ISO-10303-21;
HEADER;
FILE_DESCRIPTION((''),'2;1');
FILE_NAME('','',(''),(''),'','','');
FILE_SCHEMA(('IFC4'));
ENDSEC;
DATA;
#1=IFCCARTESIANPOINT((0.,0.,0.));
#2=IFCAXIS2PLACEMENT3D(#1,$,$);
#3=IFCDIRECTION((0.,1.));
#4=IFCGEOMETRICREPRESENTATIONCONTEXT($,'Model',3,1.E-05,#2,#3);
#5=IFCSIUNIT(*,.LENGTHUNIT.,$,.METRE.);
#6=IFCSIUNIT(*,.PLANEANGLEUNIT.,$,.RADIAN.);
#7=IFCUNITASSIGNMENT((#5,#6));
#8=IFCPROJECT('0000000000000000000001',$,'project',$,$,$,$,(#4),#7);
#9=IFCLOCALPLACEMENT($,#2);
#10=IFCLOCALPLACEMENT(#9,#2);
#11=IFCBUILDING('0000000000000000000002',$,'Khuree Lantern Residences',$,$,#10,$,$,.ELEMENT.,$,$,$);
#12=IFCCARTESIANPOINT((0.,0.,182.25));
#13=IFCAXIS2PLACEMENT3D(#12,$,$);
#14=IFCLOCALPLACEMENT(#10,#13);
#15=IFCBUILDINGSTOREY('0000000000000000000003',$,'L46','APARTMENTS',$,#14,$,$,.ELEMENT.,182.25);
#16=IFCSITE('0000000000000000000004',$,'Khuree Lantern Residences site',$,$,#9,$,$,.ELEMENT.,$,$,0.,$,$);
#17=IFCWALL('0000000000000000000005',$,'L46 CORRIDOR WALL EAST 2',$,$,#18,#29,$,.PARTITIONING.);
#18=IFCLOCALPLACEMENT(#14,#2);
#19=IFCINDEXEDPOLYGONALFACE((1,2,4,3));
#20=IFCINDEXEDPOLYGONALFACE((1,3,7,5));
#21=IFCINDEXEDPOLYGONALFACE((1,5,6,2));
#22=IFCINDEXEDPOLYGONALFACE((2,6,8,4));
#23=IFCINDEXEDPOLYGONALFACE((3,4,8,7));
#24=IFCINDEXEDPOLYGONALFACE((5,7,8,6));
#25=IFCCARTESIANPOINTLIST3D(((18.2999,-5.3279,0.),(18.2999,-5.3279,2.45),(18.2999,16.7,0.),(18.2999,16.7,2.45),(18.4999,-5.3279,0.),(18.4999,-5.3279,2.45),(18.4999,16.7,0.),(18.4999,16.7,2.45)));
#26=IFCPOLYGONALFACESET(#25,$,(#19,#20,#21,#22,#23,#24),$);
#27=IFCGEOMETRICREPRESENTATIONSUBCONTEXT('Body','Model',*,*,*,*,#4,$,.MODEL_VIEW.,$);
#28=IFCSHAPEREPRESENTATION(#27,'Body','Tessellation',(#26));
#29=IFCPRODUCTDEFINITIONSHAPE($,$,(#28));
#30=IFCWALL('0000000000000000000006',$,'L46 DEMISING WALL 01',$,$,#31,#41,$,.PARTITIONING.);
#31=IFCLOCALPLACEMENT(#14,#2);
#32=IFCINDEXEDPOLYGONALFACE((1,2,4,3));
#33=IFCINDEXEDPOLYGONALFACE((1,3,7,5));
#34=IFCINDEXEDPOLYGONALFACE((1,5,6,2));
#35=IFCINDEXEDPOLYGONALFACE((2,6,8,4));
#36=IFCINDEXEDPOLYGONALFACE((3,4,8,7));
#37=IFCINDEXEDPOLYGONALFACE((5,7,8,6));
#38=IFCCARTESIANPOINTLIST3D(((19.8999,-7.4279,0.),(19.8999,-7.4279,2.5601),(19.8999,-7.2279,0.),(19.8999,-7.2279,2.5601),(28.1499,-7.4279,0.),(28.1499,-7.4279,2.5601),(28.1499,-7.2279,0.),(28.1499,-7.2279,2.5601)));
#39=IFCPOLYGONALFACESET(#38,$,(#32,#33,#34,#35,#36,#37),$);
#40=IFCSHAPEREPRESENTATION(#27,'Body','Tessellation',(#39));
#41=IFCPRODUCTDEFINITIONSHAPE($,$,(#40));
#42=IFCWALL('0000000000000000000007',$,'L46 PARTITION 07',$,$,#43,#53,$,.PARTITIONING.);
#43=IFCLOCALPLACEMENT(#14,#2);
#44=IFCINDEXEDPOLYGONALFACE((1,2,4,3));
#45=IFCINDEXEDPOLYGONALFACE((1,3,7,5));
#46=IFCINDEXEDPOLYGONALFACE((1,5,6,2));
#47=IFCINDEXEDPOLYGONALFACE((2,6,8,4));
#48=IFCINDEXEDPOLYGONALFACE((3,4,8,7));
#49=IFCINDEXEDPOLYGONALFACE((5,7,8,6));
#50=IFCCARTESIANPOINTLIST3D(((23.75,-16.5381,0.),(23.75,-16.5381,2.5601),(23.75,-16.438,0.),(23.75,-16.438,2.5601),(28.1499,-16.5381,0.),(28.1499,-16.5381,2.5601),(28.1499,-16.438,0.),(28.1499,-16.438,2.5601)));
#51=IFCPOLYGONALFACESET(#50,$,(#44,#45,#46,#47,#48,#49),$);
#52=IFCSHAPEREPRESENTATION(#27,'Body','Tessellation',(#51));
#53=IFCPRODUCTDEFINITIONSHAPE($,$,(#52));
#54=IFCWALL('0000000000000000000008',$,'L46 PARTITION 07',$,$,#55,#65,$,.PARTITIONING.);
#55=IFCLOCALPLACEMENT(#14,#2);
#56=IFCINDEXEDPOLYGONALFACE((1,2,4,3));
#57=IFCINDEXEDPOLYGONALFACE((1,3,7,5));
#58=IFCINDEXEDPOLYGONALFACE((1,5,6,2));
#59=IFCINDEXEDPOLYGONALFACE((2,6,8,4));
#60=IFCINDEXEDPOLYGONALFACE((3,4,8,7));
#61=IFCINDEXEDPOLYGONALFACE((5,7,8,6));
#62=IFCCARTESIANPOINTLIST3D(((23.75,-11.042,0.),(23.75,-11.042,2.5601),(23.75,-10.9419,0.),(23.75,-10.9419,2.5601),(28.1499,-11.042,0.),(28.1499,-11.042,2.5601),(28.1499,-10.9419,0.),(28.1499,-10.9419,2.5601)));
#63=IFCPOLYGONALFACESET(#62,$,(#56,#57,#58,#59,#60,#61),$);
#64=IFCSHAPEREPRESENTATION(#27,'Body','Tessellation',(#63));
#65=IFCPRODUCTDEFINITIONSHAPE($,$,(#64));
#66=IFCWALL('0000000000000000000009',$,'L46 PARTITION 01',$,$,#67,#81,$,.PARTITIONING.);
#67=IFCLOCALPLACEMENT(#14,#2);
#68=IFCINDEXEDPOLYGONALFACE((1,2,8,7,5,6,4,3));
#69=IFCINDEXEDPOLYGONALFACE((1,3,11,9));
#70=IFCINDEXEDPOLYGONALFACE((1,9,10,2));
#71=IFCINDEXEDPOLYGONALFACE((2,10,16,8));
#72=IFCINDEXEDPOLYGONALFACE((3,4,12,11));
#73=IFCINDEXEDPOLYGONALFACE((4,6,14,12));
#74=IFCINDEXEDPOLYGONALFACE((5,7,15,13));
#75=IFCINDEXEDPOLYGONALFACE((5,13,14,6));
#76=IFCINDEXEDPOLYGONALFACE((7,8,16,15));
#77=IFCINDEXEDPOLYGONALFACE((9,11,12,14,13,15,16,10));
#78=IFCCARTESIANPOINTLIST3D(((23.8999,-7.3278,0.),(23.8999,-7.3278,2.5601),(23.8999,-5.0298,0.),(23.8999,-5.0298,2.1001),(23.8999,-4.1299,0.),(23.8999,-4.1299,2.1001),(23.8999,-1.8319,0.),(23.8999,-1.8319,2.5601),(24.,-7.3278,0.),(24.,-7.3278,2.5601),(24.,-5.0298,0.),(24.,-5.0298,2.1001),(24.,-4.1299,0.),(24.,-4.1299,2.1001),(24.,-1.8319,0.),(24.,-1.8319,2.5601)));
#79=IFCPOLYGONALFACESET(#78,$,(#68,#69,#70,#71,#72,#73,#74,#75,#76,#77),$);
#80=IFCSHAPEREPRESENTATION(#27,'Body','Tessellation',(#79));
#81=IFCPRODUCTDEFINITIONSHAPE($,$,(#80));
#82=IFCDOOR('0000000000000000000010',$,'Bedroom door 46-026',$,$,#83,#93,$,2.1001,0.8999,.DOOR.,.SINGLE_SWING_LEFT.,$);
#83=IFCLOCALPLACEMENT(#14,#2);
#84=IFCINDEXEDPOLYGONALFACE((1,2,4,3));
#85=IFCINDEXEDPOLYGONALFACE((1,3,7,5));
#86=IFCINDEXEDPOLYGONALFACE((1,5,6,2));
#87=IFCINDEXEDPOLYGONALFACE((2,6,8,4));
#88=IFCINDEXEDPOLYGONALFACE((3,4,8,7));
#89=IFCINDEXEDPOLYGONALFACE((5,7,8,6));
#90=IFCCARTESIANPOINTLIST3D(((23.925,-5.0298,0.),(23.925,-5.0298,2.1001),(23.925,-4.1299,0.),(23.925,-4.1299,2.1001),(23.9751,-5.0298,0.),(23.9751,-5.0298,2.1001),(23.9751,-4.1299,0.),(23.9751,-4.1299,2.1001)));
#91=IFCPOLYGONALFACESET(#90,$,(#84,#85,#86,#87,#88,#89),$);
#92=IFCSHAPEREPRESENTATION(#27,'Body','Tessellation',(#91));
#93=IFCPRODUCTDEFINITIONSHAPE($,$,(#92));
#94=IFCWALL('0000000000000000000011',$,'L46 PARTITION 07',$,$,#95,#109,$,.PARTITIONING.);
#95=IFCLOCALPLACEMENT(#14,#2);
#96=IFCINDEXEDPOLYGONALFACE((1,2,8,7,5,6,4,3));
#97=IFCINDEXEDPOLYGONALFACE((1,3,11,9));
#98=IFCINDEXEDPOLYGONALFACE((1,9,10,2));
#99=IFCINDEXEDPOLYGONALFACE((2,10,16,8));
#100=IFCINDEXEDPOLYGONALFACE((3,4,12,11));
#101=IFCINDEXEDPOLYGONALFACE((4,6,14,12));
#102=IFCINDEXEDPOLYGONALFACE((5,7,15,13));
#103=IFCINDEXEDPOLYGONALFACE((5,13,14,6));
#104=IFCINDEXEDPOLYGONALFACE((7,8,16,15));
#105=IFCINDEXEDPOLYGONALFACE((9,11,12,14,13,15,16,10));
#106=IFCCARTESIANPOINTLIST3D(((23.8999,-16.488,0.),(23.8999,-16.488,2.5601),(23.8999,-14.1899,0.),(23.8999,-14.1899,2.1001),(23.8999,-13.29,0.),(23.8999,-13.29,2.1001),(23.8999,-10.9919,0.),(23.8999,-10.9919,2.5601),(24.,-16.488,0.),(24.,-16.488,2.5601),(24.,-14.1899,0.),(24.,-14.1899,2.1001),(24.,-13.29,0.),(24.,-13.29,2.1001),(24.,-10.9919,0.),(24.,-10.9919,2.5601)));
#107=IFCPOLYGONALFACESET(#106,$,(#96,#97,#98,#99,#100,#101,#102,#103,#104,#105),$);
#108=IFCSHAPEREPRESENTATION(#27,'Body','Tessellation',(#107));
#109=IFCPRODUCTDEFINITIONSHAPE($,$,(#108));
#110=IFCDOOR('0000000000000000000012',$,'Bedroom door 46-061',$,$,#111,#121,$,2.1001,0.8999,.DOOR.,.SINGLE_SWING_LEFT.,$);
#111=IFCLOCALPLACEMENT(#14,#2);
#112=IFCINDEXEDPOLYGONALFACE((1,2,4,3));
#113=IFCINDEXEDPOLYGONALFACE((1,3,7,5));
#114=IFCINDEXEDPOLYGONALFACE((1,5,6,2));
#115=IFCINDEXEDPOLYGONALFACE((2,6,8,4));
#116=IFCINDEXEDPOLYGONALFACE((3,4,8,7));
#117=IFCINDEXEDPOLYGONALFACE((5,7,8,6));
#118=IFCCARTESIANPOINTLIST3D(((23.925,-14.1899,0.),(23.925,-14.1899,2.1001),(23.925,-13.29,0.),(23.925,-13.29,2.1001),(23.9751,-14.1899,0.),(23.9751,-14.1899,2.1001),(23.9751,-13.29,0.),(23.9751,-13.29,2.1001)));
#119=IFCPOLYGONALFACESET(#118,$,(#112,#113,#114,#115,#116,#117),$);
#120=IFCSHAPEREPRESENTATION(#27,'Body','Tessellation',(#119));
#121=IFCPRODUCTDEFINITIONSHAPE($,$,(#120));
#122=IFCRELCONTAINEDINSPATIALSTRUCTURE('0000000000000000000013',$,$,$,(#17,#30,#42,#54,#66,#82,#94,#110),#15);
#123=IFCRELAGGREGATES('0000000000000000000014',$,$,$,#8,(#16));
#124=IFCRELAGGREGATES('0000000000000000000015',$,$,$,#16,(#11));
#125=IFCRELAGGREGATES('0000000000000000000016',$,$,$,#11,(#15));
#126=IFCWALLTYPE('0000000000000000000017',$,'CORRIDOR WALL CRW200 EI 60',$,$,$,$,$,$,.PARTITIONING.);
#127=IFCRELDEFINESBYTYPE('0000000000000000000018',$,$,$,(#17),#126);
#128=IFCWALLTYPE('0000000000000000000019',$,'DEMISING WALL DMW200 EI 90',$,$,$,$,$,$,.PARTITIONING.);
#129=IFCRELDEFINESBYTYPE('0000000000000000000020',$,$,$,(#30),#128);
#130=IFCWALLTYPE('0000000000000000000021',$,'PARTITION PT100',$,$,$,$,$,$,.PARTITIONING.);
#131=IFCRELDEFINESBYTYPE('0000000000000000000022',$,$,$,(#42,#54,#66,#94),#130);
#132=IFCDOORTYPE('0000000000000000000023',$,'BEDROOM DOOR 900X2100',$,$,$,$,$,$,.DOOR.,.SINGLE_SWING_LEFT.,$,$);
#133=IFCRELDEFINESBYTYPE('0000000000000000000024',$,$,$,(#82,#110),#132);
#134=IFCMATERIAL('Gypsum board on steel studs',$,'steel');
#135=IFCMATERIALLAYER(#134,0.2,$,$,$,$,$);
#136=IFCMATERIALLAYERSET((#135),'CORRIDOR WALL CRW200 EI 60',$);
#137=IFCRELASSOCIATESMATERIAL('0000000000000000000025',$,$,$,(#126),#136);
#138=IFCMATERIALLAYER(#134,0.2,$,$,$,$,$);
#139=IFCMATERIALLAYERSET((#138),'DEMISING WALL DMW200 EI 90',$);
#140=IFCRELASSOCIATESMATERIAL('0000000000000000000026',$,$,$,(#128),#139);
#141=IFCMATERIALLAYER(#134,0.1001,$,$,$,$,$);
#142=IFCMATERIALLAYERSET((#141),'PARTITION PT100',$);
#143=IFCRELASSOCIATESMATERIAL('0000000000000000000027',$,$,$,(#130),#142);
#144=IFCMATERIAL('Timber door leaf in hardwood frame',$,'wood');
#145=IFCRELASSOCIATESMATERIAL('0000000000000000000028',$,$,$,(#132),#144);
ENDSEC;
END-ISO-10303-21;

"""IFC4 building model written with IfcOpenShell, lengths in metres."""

from ifc_helpers import new_model, si_unit, direction, frame, frame_2d, origin, place, context, subcontext, project, spatial, rectangle, extrude, material, layer, layer_set, type_object, element, fill, save


model = new_model("IFC4")

# Units and contexts
model_context = context("Model", 3, precision=1e-05, world=origin(), true_north=direction((0.0, 1.0)))
body_context = subcontext(model_context, "Body", "Model", "MODEL_VIEW")
ifc_project = project(units=[si_unit("LENGTHUNIT", "METRE"), si_unit("PLANEANGLEUNIT", "RADIAN")], contexts=[model_context])

# Site, building, storey
site_placement = place(None, origin())
site = spatial("IfcSite", under=ifc_project, at=site_placement, Name="Khuree Lantern Residences site", CompositionType="ELEMENT", RefElevation=0.0)
building_placement = place(site_placement, origin())
building = spatial("IfcBuilding", under=site, at=building_placement, Name="Khuree Lantern Residences", CompositionType="ELEMENT")
storey_placement = place(building_placement, frame((0.0, 0.0, 182.25)))
storey = spatial("IfcBuildingStorey", under=building, at=storey_placement, Name="L46", Description="APARTMENTS", CompositionType="ELEMENT", Elevation=182.25)

# Shared definitions
ifc_material_1 = material(Name="Timber door leaf in hardwood frame", Category="wood")

# Shared definitions
ifc_material_2 = material(Name="Gypsum board on steel studs", Category="steel")
ifc_layer_1 = layer(ifc_material_2, 0.2)
ifc_layer_set_1 = layer_set([ifc_layer_1], Name="CORRIDOR WALL CRW200 EI 60")
wall_type_1 = type_object("IfcWallType", Name="CORRIDOR WALL CRW200 EI 60", PredefinedType="PARTITIONING", material=ifc_layer_set_1)

# Walls
wall_1_placement = place(storey_placement, frame((18.3999, -5.3279, 0.0), z_axis=(0.0, 0.0, 1.0), x_axis=(0.0, 1.0, 0.0)))
element("IfcWall", 1, at=wall_1_placement, inside=storey, type_object=wall_type_1, Name="L46 CORRIDOR WALL EAST 2", PredefinedType="PARTITIONING", context=body_context, shape_type="SweptSolid", body=[
    extrude(rectangle(XDim=22.0278, YDim=0.2, at=frame_2d((11.0139, 0.0))), origin(), (0.0, 0.0, 1.0), 2.45),
])
ifc_layer_2 = layer(ifc_material_2, 0.2)
ifc_layer_set_2 = layer_set([ifc_layer_2], Name="DEMISING WALL DMW200 EI 90")
wall_type_2 = type_object("IfcWallType", Name="DEMISING WALL DMW200 EI 90", PredefinedType="PARTITIONING", material=ifc_layer_set_2)
wall_2_placement = place(storey_placement, frame((19.8999, -7.3279, 0.0), z_axis=(0.0, 0.0, 1.0), x_axis=(1.0, 0.0, 0.0)))
element("IfcWall", 2, at=wall_2_placement, inside=storey, type_object=wall_type_2, Name="L46 DEMISING WALL 01", PredefinedType="PARTITIONING", context=body_context, shape_type="SweptSolid", body=[
    extrude(rectangle(XDim=8.25, YDim=0.2, at=frame_2d((4.125, 0.0))), origin(), (0.0, 0.0, 1.0), 2.5601),
])
ifc_layer_3 = layer(ifc_material_2, 0.1001)
ifc_layer_set_3 = layer_set([ifc_layer_3], Name="PARTITION PT100")
wall_type_3 = type_object("IfcWallType", Name="PARTITION PT100", PredefinedType="PARTITIONING", material=ifc_layer_set_3)
for number, where, z_axis, x_axis, name in (
    (3, (23.75, -16.488, 0.0), (0.0, 0.0, 1.0), (1.0, 0.0, 0.0), "L46 PARTITION 07"),
    (4, (23.75, -10.9919, 0.0), (0.0, 0.0, 1.0), (1.0, 0.0, 0.0), "L46 PARTITION 07"),
):
    element("IfcWall", number, at=place(storey_placement, frame(where, z_axis=z_axis, x_axis=x_axis)), inside=storey, type_object=wall_type_3, Name=name, PredefinedType="PARTITIONING", context=body_context, shape_type="SweptSolid", body=[
        extrude(rectangle(XDim=4.3999, YDim=0.1001, at=frame_2d((2.2, 0.0))), origin(), (0.0, 0.0, 1.0), 2.5601),
    ])

# Walls, openings, doors
wall_3_placement = place(storey_placement, frame((23.95, -7.3279, 0.0), z_axis=(0.0, 0.0, 1.0), x_axis=(0.0, 1.0, 0.0)))
wall_3 = element("IfcWall", 5, at=wall_3_placement, inside=storey, type_object=wall_type_3, Name="L46 PARTITION 01", PredefinedType="PARTITIONING", context=body_context, shape_type="SweptSolid", body=[
    extrude(rectangle(XDim=5.4958, YDim=0.1001, at=frame_2d((2.748, 0.0))), origin(), (0.0, 0.0, 1.0), 2.5601),
])
opening_1_placement = place(wall_3_placement, frame((2.2981, 0.0, 0.0)))
opening_1 = element("IfcOpeningElement", 6, at=opening_1_placement, cuts=wall_3, PredefinedType="OPENING", context=body_context, shape_type="SweptSolid", body=[
    extrude(rectangle(XDim=0.8999, YDim=2.1001, at=frame_2d((0.45, 1.05))), frame((0.0, 0.0601, 0.0), z_axis=(0.0, -1.0, 0.0), x_axis=(1.0, 0.0, 0.0)), (0.0, 0.0, 1.0), 0.1201),
])
door_type_1 = type_object("IfcDoorType", Name="BEDROOM DOOR 900X2100", OperationType="SINGLE_SWING_LEFT", PredefinedType="DOOR", material=ifc_material_1)
door_1_placement = place(opening_1_placement, origin())
door_1 = element("IfcDoor", 7, at=door_1_placement, inside=storey, type_object=door_type_1, Name="Bedroom door 46-026", OperationType="SINGLE_SWING_LEFT", OverallHeight=2.1001, OverallWidth=0.8999, PredefinedType="DOOR", context=body_context, shape_type="SweptSolid", body=[
    extrude(rectangle(XDim=0.8999, YDim=2.1001, at=frame_2d((0.45, 1.05))), frame((0.0, 0.0249, 0.0), z_axis=(0.0, -1.0, 0.0), x_axis=(1.0, 0.0, 0.0)), (0.0, 0.0, 1.0), 0.05),
])
fill(opening_1, door_1)
wall_4_placement = place(storey_placement, frame((23.95, -16.488, 0.0), z_axis=(0.0, 0.0, 1.0), x_axis=(0.0, 1.0, 0.0)))
wall_4 = element("IfcWall", 8, at=wall_4_placement, inside=storey, type_object=wall_type_3, Name="L46 PARTITION 07", PredefinedType="PARTITIONING", context=body_context, shape_type="SweptSolid", body=[
    extrude(rectangle(XDim=5.4961, YDim=0.1001, at=frame_2d((2.748, 0.0))), origin(), (0.0, 0.0, 1.0), 2.5601),
])
opening_2_placement = place(wall_4_placement, frame((2.2981, 0.0, 0.0)))
opening_2 = element("IfcOpeningElement", 9, at=opening_2_placement, cuts=wall_4, PredefinedType="OPENING", context=body_context, shape_type="SweptSolid", body=[
    extrude(rectangle(XDim=0.8999, YDim=2.1001, at=frame_2d((0.45, 1.05))), frame((0.0, 0.0601, 0.0), z_axis=(0.0, -1.0, 0.0), x_axis=(1.0, 0.0, 0.0)), (0.0, 0.0, 1.0), 0.1201),
])
door_2_placement = place(opening_2_placement, origin())
door_2 = element("IfcDoor", 10, at=door_2_placement, inside=storey, type_object=door_type_1, Name="Bedroom door 46-061", OperationType="SINGLE_SWING_LEFT", OverallHeight=2.1001, OverallWidth=0.8999, PredefinedType="DOOR", context=body_context, shape_type="SweptSolid", body=[
    extrude(rectangle(XDim=0.8999, YDim=2.1001, at=frame_2d((0.45, 1.05))), frame((0.0, 0.0249, 0.0), z_axis=(0.0, -1.0, 0.0), x_axis=(1.0, 0.0, 0.0)), (0.0, 0.0, 1.0), 0.05),
])
fill(opening_2, door_2)

save(model, "model.ifc")
